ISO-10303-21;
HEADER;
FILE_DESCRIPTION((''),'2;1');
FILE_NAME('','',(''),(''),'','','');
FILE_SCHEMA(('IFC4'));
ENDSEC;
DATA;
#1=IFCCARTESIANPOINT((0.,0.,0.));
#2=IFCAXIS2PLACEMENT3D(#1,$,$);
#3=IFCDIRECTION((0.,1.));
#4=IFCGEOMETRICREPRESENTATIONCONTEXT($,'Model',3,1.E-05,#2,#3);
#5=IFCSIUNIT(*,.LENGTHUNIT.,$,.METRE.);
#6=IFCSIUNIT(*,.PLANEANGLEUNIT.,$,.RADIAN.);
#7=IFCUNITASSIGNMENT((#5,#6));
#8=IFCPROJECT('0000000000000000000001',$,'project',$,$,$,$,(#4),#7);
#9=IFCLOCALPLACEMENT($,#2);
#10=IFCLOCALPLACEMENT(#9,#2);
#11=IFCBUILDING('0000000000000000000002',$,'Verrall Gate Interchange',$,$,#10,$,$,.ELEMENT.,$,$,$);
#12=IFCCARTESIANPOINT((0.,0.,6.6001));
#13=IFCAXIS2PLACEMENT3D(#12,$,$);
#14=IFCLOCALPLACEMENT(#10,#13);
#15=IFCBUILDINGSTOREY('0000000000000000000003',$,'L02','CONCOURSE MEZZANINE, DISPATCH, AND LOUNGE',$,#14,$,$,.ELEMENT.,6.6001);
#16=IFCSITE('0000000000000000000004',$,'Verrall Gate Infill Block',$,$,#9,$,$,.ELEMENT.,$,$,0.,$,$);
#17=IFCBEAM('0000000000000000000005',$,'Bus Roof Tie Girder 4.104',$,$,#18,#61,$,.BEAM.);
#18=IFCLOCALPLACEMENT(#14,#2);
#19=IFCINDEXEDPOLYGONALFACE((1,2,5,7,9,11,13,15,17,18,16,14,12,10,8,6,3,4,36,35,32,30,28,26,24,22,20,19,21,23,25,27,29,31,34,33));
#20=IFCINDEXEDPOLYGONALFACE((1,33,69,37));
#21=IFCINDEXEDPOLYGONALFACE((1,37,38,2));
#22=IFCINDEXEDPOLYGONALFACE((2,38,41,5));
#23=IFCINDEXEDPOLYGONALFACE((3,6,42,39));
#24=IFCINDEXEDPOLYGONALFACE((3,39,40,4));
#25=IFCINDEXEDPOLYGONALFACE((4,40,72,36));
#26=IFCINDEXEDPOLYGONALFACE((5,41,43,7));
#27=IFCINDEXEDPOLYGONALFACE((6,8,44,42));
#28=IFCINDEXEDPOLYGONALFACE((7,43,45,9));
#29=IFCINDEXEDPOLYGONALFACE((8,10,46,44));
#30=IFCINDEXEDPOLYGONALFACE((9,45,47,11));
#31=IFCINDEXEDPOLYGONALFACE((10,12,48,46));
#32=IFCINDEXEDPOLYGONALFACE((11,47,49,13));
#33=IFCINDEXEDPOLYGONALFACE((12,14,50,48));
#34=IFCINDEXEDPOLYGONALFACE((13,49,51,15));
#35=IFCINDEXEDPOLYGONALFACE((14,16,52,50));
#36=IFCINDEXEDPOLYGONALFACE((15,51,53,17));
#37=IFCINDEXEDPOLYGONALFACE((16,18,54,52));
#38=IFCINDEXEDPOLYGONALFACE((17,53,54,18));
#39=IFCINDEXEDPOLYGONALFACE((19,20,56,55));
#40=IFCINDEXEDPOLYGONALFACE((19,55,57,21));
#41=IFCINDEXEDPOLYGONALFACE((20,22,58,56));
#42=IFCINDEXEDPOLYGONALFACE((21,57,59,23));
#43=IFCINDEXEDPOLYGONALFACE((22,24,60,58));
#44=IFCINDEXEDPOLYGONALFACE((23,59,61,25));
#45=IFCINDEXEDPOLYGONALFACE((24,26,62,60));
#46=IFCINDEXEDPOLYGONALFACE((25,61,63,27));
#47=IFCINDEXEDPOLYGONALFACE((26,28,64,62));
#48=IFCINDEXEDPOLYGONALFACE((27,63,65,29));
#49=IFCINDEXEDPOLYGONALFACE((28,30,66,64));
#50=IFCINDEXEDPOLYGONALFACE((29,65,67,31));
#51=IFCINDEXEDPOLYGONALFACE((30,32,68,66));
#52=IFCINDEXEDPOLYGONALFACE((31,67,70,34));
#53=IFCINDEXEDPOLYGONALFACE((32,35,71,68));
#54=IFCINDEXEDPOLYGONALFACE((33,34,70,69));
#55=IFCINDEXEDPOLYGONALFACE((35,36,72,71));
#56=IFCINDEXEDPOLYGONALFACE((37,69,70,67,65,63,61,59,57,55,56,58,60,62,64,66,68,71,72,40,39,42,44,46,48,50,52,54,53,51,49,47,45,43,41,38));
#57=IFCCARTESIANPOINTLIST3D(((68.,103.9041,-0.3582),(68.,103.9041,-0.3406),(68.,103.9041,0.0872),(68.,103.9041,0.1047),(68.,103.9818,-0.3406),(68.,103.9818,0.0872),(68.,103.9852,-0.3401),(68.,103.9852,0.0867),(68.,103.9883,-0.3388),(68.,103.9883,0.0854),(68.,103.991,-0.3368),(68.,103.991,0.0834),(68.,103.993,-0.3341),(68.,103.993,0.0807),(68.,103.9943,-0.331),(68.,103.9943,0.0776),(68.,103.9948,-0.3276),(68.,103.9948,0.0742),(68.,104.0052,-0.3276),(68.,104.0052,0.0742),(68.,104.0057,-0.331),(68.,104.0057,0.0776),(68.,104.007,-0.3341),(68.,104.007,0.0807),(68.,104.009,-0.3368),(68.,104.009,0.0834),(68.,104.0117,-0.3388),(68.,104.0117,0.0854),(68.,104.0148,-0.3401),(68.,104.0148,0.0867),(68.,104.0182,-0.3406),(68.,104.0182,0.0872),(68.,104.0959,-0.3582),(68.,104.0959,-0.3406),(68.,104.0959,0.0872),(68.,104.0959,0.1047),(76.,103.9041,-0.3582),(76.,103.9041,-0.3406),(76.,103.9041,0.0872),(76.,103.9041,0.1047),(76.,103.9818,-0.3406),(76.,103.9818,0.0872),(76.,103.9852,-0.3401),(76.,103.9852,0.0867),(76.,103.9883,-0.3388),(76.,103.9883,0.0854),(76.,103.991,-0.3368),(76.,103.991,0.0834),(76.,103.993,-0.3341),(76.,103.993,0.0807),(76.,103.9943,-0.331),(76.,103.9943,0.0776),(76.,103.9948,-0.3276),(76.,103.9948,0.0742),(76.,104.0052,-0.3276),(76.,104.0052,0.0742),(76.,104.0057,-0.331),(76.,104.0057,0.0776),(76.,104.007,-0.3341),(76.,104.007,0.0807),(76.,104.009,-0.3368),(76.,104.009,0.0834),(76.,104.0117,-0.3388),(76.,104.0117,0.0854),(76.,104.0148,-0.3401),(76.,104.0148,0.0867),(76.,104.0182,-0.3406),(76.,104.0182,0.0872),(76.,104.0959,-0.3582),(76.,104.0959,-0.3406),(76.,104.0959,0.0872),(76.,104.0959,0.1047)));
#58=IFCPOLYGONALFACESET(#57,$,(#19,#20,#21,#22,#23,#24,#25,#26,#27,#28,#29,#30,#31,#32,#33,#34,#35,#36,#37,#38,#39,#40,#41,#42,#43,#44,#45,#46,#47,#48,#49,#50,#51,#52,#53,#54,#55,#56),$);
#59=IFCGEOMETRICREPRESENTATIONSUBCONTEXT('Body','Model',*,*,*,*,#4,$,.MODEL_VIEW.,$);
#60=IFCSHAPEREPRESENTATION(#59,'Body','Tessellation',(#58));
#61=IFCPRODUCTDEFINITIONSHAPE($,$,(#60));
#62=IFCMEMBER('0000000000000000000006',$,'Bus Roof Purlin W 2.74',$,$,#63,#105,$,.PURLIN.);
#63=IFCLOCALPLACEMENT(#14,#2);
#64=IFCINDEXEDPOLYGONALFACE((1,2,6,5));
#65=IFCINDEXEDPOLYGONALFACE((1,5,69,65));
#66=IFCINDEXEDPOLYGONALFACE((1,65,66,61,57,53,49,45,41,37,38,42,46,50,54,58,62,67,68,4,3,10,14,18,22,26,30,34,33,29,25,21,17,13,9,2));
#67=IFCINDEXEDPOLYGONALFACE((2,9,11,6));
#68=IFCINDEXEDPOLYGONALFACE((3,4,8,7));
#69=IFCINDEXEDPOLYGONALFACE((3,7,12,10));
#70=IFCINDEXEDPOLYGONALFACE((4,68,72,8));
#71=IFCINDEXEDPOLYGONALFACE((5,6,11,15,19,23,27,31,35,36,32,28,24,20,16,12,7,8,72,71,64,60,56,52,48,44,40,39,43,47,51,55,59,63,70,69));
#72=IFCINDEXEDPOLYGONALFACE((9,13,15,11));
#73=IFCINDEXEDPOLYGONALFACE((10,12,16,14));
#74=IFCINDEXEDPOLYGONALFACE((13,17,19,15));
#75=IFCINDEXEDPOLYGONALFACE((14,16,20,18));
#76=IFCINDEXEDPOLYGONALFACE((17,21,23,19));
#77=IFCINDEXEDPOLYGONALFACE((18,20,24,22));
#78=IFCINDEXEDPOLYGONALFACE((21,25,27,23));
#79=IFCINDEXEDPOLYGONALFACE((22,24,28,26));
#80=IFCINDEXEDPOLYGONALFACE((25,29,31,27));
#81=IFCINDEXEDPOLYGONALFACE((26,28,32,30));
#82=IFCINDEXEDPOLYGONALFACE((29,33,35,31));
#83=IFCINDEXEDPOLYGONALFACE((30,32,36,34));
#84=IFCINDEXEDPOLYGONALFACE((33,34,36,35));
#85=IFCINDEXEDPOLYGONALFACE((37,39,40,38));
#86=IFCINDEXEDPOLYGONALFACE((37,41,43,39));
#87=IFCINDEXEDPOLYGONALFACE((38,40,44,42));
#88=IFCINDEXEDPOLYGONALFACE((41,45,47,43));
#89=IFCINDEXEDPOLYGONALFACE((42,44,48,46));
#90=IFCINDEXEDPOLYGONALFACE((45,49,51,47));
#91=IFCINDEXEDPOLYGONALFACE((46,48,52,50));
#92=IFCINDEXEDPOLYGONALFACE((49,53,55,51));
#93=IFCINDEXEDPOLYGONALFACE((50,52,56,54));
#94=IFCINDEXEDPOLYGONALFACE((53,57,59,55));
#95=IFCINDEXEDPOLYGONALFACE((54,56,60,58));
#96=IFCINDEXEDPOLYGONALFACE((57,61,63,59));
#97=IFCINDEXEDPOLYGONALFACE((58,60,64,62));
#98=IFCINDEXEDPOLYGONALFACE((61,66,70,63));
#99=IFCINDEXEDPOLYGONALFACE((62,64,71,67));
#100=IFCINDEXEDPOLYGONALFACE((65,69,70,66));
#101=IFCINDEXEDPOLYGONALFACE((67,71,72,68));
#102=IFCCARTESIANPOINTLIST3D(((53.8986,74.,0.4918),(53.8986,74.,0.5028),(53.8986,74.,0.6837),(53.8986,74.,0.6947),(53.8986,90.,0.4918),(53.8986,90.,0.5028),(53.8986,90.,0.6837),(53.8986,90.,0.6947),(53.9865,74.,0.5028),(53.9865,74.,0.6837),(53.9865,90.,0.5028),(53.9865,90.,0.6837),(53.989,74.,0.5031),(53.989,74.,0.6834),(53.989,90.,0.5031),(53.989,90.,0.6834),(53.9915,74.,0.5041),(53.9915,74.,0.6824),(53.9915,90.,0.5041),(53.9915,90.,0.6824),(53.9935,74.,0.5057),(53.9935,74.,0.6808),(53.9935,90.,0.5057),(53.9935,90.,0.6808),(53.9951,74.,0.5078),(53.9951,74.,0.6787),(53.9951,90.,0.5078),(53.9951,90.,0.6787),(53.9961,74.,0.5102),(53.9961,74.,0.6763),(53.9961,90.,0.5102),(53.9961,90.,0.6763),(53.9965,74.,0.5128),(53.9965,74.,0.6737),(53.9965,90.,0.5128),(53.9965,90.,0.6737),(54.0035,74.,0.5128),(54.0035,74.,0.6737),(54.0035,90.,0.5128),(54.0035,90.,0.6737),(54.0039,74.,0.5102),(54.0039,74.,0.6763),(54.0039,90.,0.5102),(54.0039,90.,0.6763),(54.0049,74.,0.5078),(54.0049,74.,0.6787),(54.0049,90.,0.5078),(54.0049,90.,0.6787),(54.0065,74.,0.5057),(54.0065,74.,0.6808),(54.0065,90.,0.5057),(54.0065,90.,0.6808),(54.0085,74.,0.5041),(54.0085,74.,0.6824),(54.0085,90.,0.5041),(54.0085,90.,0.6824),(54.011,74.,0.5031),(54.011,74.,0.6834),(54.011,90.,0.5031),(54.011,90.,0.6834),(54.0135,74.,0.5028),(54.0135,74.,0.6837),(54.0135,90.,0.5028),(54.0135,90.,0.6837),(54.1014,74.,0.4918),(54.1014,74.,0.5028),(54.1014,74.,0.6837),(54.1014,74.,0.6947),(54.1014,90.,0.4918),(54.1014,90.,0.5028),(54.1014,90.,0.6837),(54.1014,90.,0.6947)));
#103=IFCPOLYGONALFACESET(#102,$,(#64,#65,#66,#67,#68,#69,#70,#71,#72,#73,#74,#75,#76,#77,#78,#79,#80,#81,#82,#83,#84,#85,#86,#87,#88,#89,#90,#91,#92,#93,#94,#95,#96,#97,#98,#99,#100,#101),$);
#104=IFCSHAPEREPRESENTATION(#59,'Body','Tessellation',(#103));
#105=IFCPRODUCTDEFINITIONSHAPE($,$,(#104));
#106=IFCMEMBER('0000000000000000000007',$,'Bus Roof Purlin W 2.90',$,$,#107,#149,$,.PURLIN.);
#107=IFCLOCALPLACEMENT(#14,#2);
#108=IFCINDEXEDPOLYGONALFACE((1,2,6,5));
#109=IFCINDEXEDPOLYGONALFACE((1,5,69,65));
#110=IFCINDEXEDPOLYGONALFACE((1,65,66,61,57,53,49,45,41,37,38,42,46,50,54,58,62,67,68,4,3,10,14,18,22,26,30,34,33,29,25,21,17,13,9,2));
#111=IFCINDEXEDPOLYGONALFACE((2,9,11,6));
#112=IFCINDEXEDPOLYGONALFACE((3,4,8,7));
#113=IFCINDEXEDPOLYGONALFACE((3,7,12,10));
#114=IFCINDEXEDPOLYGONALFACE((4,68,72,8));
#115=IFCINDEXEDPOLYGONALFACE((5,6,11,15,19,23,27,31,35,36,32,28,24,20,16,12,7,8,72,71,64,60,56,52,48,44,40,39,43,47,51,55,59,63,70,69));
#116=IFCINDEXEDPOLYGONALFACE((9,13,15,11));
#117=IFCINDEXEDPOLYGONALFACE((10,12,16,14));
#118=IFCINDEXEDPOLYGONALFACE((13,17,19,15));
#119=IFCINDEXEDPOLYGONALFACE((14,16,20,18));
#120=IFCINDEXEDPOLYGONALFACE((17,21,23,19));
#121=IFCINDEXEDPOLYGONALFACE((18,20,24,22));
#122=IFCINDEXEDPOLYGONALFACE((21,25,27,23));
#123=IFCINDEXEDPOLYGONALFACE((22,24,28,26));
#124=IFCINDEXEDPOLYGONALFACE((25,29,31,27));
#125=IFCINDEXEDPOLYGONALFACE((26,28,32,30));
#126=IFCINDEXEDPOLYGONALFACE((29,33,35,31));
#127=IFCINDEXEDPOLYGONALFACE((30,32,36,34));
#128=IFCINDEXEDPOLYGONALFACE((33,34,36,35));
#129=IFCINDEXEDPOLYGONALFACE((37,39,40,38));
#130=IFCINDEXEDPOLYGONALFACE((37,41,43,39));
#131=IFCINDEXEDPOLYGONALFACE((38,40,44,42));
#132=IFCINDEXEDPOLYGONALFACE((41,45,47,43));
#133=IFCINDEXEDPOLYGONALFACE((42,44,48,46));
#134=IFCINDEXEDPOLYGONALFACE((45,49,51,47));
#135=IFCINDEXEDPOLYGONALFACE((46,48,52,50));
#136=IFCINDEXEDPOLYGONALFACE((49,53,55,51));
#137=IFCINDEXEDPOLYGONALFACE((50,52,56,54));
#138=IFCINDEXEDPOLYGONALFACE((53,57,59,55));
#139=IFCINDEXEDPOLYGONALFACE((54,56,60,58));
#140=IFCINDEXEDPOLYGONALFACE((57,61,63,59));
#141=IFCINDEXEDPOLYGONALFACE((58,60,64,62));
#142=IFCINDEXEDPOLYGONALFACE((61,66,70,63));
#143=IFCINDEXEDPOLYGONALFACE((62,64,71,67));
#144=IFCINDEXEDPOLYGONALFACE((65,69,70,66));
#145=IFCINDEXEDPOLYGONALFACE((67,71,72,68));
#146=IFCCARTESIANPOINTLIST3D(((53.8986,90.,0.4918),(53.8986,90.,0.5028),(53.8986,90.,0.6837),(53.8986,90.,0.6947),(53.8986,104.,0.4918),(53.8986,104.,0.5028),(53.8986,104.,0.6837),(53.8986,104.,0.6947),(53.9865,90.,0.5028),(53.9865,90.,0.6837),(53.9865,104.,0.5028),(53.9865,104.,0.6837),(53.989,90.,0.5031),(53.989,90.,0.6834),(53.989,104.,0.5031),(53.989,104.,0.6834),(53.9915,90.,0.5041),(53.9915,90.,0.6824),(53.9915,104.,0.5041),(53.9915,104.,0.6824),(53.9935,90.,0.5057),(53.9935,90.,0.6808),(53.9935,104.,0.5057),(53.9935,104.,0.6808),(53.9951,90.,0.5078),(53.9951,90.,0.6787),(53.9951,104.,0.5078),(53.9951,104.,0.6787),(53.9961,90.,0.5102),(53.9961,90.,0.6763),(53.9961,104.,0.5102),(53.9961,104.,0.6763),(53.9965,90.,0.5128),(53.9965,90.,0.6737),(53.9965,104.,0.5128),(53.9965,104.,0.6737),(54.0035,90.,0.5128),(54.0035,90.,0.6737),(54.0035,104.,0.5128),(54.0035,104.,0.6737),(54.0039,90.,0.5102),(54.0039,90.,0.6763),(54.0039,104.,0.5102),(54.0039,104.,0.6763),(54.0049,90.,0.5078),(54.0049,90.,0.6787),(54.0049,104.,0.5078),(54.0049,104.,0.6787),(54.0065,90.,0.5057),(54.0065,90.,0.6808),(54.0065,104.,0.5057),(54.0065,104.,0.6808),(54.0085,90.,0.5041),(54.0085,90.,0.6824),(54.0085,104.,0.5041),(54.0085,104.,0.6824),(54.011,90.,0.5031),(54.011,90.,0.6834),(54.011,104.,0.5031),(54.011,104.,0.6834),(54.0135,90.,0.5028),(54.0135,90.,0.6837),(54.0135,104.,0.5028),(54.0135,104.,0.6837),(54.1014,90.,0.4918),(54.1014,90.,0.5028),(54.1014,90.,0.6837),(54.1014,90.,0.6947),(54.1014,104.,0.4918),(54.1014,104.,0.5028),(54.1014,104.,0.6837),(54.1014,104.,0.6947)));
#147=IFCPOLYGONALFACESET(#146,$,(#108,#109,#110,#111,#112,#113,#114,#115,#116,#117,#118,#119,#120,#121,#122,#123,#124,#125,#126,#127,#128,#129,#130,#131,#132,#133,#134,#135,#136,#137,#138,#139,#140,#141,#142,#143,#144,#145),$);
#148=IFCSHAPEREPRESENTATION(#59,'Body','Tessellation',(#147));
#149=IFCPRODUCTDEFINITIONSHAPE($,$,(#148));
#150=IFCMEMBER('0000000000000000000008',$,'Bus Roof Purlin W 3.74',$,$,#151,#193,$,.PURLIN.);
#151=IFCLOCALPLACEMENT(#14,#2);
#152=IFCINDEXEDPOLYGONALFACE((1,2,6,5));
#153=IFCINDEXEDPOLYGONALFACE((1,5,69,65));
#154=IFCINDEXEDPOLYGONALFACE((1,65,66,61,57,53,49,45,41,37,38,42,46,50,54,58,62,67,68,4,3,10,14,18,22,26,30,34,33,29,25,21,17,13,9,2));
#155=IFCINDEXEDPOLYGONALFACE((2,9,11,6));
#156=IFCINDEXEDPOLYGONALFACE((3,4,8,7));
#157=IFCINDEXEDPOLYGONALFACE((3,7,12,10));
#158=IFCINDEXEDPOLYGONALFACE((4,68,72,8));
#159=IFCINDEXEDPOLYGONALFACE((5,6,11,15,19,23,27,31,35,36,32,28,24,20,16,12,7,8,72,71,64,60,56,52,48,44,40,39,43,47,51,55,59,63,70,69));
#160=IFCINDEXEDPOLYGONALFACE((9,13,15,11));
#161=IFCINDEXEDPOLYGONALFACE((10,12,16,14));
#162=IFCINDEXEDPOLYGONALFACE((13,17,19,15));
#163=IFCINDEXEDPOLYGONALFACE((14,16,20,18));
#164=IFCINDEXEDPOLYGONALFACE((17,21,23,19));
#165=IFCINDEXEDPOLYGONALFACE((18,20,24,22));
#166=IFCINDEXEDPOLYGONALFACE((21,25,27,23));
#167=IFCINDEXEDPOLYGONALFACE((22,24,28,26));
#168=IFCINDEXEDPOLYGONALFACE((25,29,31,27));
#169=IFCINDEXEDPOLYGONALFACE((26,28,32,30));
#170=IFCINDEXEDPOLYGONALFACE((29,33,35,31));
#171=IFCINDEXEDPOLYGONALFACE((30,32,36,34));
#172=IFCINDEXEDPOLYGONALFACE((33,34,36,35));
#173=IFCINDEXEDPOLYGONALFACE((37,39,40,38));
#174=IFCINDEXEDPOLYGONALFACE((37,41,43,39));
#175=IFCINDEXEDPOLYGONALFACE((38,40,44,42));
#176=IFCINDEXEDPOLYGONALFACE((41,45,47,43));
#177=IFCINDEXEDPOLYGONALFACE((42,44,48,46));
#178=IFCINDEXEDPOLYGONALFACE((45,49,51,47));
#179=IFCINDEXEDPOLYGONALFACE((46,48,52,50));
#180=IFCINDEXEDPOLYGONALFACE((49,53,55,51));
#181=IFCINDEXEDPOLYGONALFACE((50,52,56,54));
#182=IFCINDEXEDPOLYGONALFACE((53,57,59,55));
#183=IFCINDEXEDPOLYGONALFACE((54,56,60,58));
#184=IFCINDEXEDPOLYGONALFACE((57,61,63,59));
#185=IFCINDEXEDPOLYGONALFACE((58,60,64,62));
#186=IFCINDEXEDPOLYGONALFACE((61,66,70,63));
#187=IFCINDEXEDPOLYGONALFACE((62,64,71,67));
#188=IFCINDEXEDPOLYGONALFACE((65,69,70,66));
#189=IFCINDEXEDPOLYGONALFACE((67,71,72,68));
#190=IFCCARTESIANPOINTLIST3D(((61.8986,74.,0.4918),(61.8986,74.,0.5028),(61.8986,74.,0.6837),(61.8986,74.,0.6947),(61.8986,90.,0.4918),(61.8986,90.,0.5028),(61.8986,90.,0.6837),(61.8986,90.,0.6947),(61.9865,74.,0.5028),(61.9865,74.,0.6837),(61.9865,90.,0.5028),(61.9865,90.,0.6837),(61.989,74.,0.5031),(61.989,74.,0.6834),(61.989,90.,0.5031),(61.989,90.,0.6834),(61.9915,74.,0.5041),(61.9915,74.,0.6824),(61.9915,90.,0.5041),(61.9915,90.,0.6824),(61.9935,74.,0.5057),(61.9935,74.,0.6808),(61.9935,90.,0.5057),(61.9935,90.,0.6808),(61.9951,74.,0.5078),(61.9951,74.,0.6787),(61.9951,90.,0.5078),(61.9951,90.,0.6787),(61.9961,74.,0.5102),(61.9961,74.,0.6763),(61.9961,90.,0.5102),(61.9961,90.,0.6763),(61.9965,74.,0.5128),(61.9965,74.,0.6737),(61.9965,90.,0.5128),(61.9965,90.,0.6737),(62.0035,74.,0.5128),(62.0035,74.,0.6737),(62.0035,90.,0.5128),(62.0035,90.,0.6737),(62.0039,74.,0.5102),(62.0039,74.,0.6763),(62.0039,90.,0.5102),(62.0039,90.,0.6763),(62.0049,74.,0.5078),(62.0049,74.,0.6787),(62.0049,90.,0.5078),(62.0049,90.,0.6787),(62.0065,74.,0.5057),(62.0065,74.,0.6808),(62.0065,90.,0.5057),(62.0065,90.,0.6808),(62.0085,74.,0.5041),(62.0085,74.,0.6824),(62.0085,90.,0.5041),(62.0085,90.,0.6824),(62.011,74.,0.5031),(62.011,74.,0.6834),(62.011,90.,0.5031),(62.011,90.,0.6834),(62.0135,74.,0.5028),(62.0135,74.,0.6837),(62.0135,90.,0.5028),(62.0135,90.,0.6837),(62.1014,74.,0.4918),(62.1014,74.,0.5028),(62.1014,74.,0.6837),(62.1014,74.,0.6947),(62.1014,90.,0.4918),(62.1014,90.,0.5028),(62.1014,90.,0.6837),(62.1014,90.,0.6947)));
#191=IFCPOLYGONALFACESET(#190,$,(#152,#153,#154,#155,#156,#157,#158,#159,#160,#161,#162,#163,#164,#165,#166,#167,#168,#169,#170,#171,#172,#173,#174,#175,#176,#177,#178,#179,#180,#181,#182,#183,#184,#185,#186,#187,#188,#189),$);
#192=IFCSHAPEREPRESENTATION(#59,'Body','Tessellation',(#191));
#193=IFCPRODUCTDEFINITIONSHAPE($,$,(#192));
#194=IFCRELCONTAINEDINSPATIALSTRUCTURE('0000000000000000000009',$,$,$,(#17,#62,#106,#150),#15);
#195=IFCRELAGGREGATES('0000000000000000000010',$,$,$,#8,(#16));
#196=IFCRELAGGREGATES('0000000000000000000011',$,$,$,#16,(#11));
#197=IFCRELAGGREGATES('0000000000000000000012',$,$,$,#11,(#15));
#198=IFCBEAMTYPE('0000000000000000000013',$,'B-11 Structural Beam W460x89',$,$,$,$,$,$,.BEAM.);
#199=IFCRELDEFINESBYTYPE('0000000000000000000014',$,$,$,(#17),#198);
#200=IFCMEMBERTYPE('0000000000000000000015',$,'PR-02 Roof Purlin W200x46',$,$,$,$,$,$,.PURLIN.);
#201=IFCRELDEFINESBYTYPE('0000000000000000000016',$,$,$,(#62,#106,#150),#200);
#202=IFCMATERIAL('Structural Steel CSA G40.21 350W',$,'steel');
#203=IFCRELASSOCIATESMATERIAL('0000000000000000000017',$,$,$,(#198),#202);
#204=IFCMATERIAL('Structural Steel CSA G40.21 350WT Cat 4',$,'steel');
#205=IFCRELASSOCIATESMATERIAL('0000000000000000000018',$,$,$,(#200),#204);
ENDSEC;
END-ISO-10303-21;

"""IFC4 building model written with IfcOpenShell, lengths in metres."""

from ifc_helpers import new_model, si_unit, direction, frame, origin, origin_2d, place, context, subcontext, project, spatial, i_section, extrude, material, material_profile, profile_set, type_object, element, save


model = new_model("IFC4")

# Units and contexts
model_context = context("Model", 3, precision=1e-05, world=origin(), true_north=direction((0.0, 1.0)))
body_context = subcontext(model_context, "Body", "Model", "MODEL_VIEW")
ifc_project = project(units=[si_unit("LENGTHUNIT", "METRE"), si_unit("PLANEANGLEUNIT", "RADIAN")], contexts=[model_context])

# Site, building, storey
site_placement = place(None, origin())
site = spatial("IfcSite", under=ifc_project, at=site_placement, Name="Verrall Gate Infill Block", CompositionType="ELEMENT", RefElevation=0.0)
building_placement = place(site_placement, origin())
building = spatial("IfcBuilding", under=site, at=building_placement, Name="Verrall Gate Interchange", CompositionType="ELEMENT")
storey_placement = place(building_placement, frame((0.0, 0.0, 6.6001)))
storey = spatial("IfcBuildingStorey", under=building, at=storey_placement, Name="L02", Description="CONCOURSE MEZZANINE, DISPATCH, AND LOUNGE", CompositionType="ELEMENT", Elevation=6.6001)

# Beam
ifc_material_1 = material(Name="Structural Steel CSA G40.21 350W", Category="steel")
ifc_material_profile_1 = material_profile(ifc_material_1, i_section(OverallWidth=0.1919, OverallDepth=0.4629, WebThickness=0.0105, FlangeThickness=0.0176, FilletRadius=0.0129, at=origin_2d()), Name="W460x89")
ifc_profile_set_1 = profile_set([ifc_material_profile_1], Name="Structural Steel CSA G40.21 350W")
beam_type = type_object("IfcBeamType", Name="B-11 Structural Beam W460x89", PredefinedType="BEAM", material=ifc_profile_set_1)
for number, where, z_axis, x_axis, name in (
    (1, (68.0, 104.0, -0.1267), (1.0, 0.0, 0.0), (0.0, 1.0, 0.0), "Bus Roof Tie Girder 4.104"),
):
    element("IfcBeam", number, at=place(storey_placement, frame(where, z_axis=z_axis, x_axis=x_axis)), inside=storey, type_object=beam_type, Name=name, PredefinedType="BEAM", context=body_context, shape_type="SweptSolid", body=[
        extrude(i_section(OverallWidth=0.1919, OverallDepth=0.4629, WebThickness=0.0105, FlangeThickness=0.0176, FilletRadius=0.0129, at=origin_2d()), origin(), (0.0, 0.0, 1.0), 8.0),
    ])

# Members
ifc_material_2 = material(Name="Structural Steel CSA G40.21 350WT Cat 4", Category="steel")
ifc_material_profile_2 = material_profile(ifc_material_2, i_section(OverallWidth=0.2029, OverallDepth=0.2029, WebThickness=0.0071, FlangeThickness=0.011, FilletRadius=0.01, at=origin_2d()), Name="W200x46")
ifc_profile_set_2 = profile_set([ifc_material_profile_2], Name="Structural Steel CSA G40.21 350WT Cat 4")
member_type_1 = type_object("IfcMemberType", Name="PR-02 Roof Purlin W200x46", PredefinedType="PURLIN", material=ifc_profile_set_2)
member_1_placement = place(storey_placement, frame((54.0, 74.0, 0.5933), z_axis=(0.0, 1.0, 0.0), x_axis=(-1.0, 0.0, 0.0)))
element("IfcMember", 2, at=member_1_placement, inside=storey, type_object=member_type_1, Name="Bus Roof Purlin W 2.74", PredefinedType="PURLIN", context=body_context, shape_type="SweptSolid", body=[
    extrude(i_section(OverallWidth=0.2029, OverallDepth=0.2029, WebThickness=0.0071, FlangeThickness=0.011, FilletRadius=0.01, at=origin_2d()), origin(), (0.0, 0.0, 1.0), 16.0),
])
member_2_placement = place(storey_placement, frame((54.0, 90.0, 0.5933), z_axis=(0.0, 1.0, 0.0), x_axis=(-1.0, 0.0, 0.0)))
element("IfcMember", 3, at=member_2_placement, inside=storey, type_object=member_type_1, Name="Bus Roof Purlin W 2.90", PredefinedType="PURLIN", context=body_context, shape_type="SweptSolid", body=[
    extrude(i_section(OverallWidth=0.2029, OverallDepth=0.2029, WebThickness=0.0071, FlangeThickness=0.011, FilletRadius=0.01, at=origin_2d()), origin(), (0.0, 0.0, 1.0), 14.0),
])
member_3_placement = place(storey_placement, frame((62.0, 74.0, 0.5933), z_axis=(0.0, 1.0, 0.0), x_axis=(-1.0, 0.0, 0.0)))
element("IfcMember", 4, at=member_3_placement, inside=storey, type_object=member_type_1, Name="Bus Roof Purlin W 3.74", PredefinedType="PURLIN", context=body_context, shape_type="SweptSolid", body=[
    extrude(i_section(OverallWidth=0.2029, OverallDepth=0.2029, WebThickness=0.0071, FlangeThickness=0.011, FilletRadius=0.01, at=origin_2d()), origin(), (0.0, 0.0, 1.0), 16.0),
])

save(model, "model.ifc")
